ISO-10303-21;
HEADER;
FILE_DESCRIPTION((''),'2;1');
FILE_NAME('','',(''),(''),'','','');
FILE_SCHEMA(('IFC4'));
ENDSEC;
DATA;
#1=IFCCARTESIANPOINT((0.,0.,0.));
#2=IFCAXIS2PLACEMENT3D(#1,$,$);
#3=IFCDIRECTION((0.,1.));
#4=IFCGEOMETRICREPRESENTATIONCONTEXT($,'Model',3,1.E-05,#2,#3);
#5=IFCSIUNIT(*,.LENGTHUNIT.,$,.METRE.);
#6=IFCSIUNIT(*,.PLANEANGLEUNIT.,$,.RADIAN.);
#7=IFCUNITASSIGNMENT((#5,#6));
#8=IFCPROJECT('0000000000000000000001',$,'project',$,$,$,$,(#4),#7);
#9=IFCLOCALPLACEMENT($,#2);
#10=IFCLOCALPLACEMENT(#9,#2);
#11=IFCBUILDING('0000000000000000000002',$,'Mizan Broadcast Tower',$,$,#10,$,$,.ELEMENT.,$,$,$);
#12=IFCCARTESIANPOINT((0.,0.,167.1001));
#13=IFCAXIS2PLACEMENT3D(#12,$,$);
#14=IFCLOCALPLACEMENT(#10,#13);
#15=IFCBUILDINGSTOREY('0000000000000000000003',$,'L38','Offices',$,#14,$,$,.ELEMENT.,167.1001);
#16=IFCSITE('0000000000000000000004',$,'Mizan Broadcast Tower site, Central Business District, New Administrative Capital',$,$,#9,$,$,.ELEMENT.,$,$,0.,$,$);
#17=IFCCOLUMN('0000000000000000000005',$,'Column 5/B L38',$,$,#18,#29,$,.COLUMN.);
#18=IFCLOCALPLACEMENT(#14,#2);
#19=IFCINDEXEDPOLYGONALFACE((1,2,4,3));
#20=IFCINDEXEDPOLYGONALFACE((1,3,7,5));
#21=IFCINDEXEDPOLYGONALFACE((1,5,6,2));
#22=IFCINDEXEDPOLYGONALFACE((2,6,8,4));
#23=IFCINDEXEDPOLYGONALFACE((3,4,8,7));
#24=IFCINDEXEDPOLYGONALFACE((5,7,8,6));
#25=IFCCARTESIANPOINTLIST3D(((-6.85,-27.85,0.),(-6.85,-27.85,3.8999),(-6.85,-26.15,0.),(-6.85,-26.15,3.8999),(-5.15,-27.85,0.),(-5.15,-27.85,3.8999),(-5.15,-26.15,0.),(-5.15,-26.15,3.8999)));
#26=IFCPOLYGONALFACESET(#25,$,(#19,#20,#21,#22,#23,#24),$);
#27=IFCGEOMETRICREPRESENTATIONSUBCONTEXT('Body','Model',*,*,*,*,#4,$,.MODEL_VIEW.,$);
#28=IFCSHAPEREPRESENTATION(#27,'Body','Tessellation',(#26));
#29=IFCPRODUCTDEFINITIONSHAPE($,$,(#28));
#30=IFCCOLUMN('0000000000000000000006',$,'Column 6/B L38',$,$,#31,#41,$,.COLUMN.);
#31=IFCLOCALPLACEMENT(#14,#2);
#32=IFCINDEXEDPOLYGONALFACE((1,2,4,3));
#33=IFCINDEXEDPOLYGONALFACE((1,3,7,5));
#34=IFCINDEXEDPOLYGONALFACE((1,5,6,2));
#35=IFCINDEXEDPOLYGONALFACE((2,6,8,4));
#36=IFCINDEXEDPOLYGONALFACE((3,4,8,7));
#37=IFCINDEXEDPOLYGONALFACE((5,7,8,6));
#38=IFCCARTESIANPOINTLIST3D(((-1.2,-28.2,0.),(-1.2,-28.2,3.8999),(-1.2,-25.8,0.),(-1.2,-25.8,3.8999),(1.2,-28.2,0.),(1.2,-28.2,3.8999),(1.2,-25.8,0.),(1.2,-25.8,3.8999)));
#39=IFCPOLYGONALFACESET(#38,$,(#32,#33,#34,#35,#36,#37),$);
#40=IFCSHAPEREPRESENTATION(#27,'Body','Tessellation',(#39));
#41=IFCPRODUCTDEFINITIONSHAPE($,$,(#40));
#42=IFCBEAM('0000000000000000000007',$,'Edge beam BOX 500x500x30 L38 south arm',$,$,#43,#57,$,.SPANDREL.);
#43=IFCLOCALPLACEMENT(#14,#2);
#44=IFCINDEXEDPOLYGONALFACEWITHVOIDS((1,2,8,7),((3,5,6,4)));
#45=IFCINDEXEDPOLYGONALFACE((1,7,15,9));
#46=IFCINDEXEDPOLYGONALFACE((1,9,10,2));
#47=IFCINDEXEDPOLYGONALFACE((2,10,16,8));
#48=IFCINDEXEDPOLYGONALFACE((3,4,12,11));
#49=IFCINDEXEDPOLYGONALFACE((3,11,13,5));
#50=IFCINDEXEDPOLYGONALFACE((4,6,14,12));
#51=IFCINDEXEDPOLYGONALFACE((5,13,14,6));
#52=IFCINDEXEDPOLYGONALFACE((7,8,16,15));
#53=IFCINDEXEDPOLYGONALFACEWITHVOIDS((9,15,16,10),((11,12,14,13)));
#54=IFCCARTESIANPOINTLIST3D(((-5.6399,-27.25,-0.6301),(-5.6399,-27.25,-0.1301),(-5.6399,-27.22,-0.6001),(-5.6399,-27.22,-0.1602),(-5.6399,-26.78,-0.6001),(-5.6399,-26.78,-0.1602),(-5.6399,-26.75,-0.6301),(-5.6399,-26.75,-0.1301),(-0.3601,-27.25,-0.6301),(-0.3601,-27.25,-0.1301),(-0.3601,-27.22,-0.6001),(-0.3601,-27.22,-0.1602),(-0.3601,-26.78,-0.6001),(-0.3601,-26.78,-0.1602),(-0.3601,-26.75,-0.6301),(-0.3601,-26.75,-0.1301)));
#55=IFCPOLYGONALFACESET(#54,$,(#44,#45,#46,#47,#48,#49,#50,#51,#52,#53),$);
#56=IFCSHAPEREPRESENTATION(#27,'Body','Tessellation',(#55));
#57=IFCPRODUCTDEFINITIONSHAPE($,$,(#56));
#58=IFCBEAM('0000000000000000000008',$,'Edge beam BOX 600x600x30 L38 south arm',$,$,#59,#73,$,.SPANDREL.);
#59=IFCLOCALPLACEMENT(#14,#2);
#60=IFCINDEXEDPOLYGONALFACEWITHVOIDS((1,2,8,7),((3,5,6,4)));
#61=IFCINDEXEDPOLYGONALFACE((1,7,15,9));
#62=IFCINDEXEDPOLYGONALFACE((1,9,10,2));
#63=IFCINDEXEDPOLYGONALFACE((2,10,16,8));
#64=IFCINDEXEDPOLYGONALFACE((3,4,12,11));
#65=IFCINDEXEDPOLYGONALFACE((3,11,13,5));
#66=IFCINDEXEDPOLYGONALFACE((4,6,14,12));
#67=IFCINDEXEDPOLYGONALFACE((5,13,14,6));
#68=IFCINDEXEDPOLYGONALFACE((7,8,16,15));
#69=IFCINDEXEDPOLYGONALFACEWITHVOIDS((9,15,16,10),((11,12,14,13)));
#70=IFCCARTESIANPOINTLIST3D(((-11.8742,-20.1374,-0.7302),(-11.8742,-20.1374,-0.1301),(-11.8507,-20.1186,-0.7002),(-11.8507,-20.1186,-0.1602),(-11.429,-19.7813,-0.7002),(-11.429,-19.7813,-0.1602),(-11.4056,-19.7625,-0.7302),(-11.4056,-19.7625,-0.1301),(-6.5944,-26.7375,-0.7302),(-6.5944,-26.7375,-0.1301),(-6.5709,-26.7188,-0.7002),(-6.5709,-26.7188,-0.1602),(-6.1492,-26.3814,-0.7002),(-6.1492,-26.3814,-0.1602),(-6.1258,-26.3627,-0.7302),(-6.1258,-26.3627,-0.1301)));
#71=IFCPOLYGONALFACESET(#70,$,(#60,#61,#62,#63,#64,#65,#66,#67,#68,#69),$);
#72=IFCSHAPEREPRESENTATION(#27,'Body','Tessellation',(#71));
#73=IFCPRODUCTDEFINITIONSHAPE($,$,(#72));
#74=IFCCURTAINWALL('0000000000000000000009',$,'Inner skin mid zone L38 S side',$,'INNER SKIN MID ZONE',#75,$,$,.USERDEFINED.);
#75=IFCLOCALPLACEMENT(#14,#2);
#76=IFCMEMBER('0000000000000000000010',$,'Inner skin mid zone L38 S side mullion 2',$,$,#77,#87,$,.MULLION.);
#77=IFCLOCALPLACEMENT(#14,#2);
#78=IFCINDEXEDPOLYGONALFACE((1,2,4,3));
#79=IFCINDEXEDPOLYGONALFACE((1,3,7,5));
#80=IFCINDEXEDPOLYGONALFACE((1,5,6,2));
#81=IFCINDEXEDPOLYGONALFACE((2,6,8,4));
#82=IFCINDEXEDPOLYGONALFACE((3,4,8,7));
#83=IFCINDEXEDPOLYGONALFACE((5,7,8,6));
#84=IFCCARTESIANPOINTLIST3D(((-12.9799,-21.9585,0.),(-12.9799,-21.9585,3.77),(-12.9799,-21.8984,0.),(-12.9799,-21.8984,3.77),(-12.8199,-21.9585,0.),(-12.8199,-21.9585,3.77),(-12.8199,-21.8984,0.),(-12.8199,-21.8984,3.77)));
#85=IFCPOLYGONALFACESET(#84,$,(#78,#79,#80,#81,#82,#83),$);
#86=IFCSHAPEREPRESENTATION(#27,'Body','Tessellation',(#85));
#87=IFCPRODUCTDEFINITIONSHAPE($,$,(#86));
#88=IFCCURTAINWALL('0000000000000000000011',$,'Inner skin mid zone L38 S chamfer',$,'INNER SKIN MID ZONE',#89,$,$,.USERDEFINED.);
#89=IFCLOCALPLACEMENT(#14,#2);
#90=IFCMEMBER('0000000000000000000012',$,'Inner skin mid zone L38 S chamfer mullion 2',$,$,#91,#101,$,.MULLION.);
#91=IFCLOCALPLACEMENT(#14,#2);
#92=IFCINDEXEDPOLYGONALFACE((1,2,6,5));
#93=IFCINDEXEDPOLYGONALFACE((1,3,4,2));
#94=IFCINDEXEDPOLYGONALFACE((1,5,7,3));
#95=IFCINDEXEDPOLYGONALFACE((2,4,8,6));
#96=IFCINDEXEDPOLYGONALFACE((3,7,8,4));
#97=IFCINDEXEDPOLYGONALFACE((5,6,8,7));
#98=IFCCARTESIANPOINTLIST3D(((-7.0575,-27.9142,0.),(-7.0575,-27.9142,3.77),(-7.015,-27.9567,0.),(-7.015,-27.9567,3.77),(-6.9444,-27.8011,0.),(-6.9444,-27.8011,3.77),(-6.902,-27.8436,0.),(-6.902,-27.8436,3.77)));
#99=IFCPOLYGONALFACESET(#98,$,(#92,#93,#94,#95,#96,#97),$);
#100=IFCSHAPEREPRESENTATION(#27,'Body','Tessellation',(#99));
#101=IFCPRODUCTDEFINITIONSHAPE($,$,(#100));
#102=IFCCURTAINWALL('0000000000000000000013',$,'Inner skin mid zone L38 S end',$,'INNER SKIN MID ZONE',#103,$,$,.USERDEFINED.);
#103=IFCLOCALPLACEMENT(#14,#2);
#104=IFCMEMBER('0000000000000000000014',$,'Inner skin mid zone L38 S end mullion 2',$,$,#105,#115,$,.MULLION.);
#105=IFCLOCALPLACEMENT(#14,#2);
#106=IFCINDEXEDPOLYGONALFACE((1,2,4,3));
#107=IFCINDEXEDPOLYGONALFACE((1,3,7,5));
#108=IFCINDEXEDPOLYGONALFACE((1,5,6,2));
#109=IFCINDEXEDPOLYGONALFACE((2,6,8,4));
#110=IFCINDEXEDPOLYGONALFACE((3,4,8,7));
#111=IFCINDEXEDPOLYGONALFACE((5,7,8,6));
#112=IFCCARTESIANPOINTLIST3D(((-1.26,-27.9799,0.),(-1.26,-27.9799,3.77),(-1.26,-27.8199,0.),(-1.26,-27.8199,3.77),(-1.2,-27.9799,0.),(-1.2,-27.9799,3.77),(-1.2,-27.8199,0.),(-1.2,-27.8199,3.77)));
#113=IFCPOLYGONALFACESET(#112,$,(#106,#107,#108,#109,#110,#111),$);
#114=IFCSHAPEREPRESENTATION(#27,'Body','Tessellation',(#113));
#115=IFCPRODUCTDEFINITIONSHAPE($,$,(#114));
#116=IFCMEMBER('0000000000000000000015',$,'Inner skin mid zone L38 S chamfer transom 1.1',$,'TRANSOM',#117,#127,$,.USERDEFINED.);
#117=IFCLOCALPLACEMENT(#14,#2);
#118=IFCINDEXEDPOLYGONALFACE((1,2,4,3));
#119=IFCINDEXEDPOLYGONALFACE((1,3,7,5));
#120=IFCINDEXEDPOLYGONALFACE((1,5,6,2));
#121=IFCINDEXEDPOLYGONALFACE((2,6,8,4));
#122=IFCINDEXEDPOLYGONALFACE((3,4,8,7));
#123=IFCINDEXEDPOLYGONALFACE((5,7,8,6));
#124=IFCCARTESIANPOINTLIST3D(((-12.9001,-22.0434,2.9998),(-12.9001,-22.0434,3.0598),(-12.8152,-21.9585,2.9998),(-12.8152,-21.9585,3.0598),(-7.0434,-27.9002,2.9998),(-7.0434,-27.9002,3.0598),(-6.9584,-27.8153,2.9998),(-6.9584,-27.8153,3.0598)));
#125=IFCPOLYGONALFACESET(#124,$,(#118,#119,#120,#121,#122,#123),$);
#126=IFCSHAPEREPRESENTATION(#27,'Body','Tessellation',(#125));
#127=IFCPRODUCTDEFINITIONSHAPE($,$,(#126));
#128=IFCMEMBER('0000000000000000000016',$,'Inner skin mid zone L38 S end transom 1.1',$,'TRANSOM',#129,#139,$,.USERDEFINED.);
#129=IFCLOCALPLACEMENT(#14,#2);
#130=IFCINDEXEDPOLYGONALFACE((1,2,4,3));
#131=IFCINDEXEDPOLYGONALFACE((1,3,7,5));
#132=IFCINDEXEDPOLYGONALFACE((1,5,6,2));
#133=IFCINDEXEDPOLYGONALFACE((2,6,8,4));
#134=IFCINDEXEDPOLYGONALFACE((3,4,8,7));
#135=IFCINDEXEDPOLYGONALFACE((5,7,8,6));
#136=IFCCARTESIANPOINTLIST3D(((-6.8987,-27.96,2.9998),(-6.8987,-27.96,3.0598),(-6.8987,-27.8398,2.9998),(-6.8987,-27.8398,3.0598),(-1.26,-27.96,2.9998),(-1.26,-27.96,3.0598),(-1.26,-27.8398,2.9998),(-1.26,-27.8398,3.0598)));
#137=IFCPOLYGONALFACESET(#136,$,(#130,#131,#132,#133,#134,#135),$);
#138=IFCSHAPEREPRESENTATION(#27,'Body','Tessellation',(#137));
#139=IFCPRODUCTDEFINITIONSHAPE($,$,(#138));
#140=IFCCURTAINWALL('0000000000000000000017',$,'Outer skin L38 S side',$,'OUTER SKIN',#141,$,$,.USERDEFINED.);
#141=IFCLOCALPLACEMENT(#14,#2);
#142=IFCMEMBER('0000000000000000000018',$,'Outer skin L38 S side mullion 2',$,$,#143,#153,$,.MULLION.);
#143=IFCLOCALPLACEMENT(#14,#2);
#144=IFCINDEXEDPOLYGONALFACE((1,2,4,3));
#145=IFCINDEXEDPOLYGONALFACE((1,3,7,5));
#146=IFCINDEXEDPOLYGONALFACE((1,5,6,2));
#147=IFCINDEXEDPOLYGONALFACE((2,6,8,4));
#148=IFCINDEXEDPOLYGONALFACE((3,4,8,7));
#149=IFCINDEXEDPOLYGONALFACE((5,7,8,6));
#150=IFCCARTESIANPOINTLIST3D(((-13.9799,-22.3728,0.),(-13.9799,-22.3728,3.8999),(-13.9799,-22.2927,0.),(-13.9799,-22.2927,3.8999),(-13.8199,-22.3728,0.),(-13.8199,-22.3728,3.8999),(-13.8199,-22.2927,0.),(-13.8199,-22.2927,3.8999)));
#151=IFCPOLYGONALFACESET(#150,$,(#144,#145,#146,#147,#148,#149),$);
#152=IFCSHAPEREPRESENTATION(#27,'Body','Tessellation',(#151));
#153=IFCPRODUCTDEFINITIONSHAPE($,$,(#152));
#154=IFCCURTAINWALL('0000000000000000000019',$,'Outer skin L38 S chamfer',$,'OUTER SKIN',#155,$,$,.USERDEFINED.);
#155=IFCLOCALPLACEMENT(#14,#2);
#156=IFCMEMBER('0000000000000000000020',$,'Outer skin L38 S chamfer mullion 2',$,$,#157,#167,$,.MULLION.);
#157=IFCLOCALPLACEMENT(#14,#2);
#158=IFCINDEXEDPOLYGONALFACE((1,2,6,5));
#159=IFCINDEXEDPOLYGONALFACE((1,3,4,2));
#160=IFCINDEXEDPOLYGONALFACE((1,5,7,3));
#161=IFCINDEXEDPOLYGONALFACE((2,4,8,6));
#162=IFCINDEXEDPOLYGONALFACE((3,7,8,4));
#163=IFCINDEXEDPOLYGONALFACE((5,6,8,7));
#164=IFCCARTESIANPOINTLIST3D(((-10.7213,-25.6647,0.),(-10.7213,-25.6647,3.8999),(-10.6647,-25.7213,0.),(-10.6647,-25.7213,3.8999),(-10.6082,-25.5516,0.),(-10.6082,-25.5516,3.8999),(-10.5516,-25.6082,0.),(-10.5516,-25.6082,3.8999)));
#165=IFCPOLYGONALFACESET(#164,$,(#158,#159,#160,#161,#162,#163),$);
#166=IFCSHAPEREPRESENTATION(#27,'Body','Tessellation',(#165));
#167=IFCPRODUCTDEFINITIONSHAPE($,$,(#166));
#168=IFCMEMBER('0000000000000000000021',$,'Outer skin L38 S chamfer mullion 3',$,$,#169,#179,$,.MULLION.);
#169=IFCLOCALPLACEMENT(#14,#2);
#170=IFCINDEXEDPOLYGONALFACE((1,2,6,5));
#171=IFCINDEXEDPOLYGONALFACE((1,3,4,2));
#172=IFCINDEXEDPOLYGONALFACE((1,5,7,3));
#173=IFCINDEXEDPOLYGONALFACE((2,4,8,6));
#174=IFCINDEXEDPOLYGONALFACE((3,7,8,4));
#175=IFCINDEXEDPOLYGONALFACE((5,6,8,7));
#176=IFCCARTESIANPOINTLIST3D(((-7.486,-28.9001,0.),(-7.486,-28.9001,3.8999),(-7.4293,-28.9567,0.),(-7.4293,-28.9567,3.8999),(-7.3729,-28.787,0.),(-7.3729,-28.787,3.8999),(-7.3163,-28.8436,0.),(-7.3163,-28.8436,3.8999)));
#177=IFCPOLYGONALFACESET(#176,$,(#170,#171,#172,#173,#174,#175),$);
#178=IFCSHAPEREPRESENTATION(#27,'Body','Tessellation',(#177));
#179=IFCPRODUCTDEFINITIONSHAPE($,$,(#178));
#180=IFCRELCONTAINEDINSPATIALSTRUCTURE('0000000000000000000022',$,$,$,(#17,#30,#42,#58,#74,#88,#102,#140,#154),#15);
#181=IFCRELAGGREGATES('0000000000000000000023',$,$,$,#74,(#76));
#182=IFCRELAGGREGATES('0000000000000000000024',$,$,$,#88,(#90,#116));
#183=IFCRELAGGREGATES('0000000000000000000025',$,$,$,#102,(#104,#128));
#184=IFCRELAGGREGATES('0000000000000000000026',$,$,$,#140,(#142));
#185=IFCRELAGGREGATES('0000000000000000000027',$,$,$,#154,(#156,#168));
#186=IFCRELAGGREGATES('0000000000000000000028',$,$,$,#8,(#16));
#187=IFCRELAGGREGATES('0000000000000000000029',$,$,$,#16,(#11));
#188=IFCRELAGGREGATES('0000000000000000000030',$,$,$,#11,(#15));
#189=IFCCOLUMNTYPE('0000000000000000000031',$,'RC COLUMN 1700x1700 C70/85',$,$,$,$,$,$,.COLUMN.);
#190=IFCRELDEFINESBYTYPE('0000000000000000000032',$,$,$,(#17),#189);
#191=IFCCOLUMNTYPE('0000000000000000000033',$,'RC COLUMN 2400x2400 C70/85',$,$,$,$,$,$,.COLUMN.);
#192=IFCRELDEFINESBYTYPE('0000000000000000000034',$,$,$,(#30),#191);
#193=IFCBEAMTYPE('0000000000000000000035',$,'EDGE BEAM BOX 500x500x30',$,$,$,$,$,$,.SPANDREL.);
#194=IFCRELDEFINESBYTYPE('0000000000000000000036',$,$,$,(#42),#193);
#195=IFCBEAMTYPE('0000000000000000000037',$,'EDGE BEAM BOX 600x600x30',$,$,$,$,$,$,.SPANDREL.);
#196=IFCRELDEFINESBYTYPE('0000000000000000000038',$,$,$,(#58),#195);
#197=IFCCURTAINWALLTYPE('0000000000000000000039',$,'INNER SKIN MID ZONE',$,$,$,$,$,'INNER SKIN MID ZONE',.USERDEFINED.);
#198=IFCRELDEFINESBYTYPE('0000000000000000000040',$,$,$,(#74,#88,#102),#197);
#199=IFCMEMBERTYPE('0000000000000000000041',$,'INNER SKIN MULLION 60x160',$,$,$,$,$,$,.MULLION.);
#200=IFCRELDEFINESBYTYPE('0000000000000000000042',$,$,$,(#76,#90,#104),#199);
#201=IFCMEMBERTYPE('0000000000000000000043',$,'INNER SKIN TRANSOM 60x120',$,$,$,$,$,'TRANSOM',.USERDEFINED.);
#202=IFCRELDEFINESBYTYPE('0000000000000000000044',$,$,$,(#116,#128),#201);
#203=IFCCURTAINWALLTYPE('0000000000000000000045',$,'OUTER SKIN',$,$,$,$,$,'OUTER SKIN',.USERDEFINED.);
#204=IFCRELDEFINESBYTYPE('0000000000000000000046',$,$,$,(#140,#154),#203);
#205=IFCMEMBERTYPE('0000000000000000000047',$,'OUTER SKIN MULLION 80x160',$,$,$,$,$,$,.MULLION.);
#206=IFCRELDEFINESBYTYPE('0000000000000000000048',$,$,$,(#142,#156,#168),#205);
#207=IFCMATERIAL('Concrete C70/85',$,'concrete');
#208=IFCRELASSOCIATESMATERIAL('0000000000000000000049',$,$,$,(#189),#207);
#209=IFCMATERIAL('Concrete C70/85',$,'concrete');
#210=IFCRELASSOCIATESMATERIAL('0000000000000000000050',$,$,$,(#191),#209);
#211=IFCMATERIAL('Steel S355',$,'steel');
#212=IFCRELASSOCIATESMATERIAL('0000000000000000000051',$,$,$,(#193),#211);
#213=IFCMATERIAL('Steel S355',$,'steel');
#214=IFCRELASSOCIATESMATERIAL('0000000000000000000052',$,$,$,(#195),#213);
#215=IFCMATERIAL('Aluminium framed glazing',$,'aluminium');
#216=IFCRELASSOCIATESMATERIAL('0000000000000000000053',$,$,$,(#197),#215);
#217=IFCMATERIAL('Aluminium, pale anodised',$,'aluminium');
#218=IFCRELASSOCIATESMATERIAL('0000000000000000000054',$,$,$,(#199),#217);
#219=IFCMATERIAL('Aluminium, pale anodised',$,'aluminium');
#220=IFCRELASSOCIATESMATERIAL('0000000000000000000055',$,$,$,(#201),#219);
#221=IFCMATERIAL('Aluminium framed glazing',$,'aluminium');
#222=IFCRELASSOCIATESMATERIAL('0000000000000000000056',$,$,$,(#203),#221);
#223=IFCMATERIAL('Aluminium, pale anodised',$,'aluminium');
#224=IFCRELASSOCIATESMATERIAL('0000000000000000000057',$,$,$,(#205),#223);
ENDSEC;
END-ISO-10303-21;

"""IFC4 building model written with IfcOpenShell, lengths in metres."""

from ifc_helpers import new_model, si_unit, direction, frame, origin, origin_2d, place, context, subcontext, project, spatial, rectangle, hollow_rectangle, extrude, material, material_profile, profile_set, type_object, element, aggregate, save


model = new_model("IFC4")

# Units and contexts
model_context = context("Model", 3, precision=1e-05, world=origin(), true_north=direction((0.0, 1.0)))
body_context = subcontext(model_context, "Body", "Model", "MODEL_VIEW")
ifc_project = project(units=[si_unit("LENGTHUNIT", "METRE"), si_unit("PLANEANGLEUNIT", "RADIAN")], contexts=[model_context])

# Site, building, storey
site_placement = place(None, origin())
site = spatial("IfcSite", under=ifc_project, at=site_placement, Name="Mizan Broadcast Tower site, Central Business District, New Administrative Capital", CompositionType="ELEMENT", RefElevation=0.0)
building_placement = place(site_placement, origin())
building = spatial("IfcBuilding", under=site, at=building_placement, Name="Mizan Broadcast Tower", CompositionType="ELEMENT")
storey_placement = place(building_placement, frame((0.0, 0.0, 167.1001)))
storey = spatial("IfcBuildingStorey", under=building, at=storey_placement, Name="L38", Description="Offices", CompositionType="ELEMENT", Elevation=167.1001)

# Columns
ifc_material_1 = material(Name="Concrete C70/85", Category="concrete")
ifc_material_profile_1 = material_profile(ifc_material_1, rectangle(XDim=1.7, YDim=1.7, at=origin_2d()), Name="RC 1700x1700")
ifc_profile_set_1 = profile_set([ifc_material_profile_1], Name="Concrete C70/85")
column_type_1 = type_object("IfcColumnType", Name="RC COLUMN 1700x1700 C70/85", PredefinedType="COLUMN", material=ifc_profile_set_1)
column_1_placement = place(storey_placement, frame((-6.0, -27.0, 0.0), z_axis=(0.0, 0.0, 1.0), x_axis=(1.0, 0.0, 0.0)))
element("IfcColumn", 1, at=column_1_placement, inside=storey, type_object=column_type_1, Name="Column 5/B L38", PredefinedType="COLUMN", context=body_context, shape_type="SweptSolid", body=[
    extrude(rectangle(XDim=1.7, YDim=1.7, at=origin_2d()), origin(), (0.0, 0.0, 1.0), 3.8999),
])
ifc_material_2 = material(Name="Concrete C70/85", Category="concrete")
ifc_material_profile_2 = material_profile(ifc_material_2, rectangle(XDim=2.3999, YDim=2.3999, at=origin_2d()), Name="RC 2400x2400")
ifc_profile_set_2 = profile_set([ifc_material_profile_2], Name="Concrete C70/85")
column_type_2 = type_object("IfcColumnType", Name="RC COLUMN 2400x2400 C70/85", PredefinedType="COLUMN", material=ifc_profile_set_2)
column_2_placement = place(storey_placement, frame((0.0, -27.0, 0.0), z_axis=(0.0, 0.0, 1.0), x_axis=(1.0, 0.0, 0.0)))
element("IfcColumn", 2, at=column_2_placement, inside=storey, type_object=column_type_2, Name="Column 6/B L38", PredefinedType="COLUMN", context=body_context, shape_type="SweptSolid", body=[
    extrude(rectangle(XDim=2.3999, YDim=2.3999, at=origin_2d()), origin(), (0.0, 0.0, 1.0), 3.8999),
])

# Beams
ifc_material_3 = material(Name="Steel S355", Category="steel")
ifc_material_profile_3 = material_profile(ifc_material_3, hollow_rectangle(XDim=0.5, YDim=0.5, WallThickness=0.03, at=origin_2d()), Name="BOX 500x500x30")
ifc_profile_set_3 = profile_set([ifc_material_profile_3], Name="Steel S355")
beam_type_1 = type_object("IfcBeamType", Name="EDGE BEAM BOX 500x500x30", PredefinedType="SPANDREL", material=ifc_profile_set_3)
beam_1_placement = place(storey_placement, frame((-5.6399, -27.0, -0.3801), z_axis=(1.0, 0.0, 0.0), x_axis=(0.0, 1.0, 0.0)))
element("IfcBeam", 3, at=beam_1_placement, inside=storey, type_object=beam_type_1, Name="Edge beam BOX 500x500x30 L38 south arm", PredefinedType="SPANDREL", context=body_context, shape_type="SweptSolid", body=[
    extrude(hollow_rectangle(XDim=0.5, YDim=0.5, WallThickness=0.03, at=origin_2d()), origin(), (0.0, 0.0, 1.0), 5.2798),
])
ifc_material_4 = material(Name="Steel S355", Category="steel")
ifc_material_profile_4 = material_profile(ifc_material_4, hollow_rectangle(XDim=0.6001, YDim=0.6001, WallThickness=0.03, at=origin_2d()), Name="BOX 600x600x30")
ifc_profile_set_4 = profile_set([ifc_material_profile_4], Name="Steel S355")
beam_type_2 = type_object("IfcBeamType", Name="EDGE BEAM BOX 600x600x30", PredefinedType="SPANDREL", material=ifc_profile_set_4)
beam_2_placement = place(storey_placement, frame((-11.6399, -19.95, -0.4302), z_axis=(0.624674, -0.780886, 0.0), x_axis=(0.780886, 0.624674, 0.0)))
element("IfcBeam", 4, at=beam_2_placement, inside=storey, type_object=beam_type_2, Name="Edge beam BOX 600x600x30 L38 south arm", PredefinedType="SPANDREL", context=body_context, shape_type="SweptSolid", body=[
    extrude(hollow_rectangle(XDim=0.6001, YDim=0.6001, WallThickness=0.03, at=origin_2d()), origin(), (0.0, 0.0, 1.0), 8.4521),
])

# Curtain walls, members
ifc_material_5 = material(Name="Aluminium framed glazing", Category="aluminium")
curtain_wall_type_1 = type_object("IfcCurtainWallType", Name="INNER SKIN MID ZONE", ElementType="INNER SKIN MID ZONE", PredefinedType="USERDEFINED", material=ifc_material_5)
curtain_wall_1_placement = place(storey_placement, origin())
curtain_wall_1 = element("IfcCurtainWall", 5, at=curtain_wall_1_placement, inside=storey, type_object=curtain_wall_type_1, Name="Inner skin mid zone L38 S side", ObjectType="INNER SKIN MID ZONE", PredefinedType="USERDEFINED")
ifc_material_6 = material(Name="Aluminium, pale anodised", Category="aluminium")
ifc_material_profile_5 = material_profile(ifc_material_6, rectangle(XDim=0.1599, YDim=0.0601, at=origin_2d()), Name="MULLION 160x60")
ifc_profile_set_5 = profile_set([ifc_material_profile_5], Name="Aluminium, pale anodised")
member_type_1 = type_object("IfcMemberType", Name="INNER SKIN MULLION 60x160", PredefinedType="MULLION", material=ifc_profile_set_5)
member_1_placement = place(storey_placement, frame((-12.8999, -21.9285, 0.0), z_axis=(0.0, 0.0, 1.0), x_axis=(1.0, 0.0, 0.0)))
member_1 = element("IfcMember", 6, at=member_1_placement, type_object=member_type_1, Name="Inner skin mid zone L38 S side mullion 2", PredefinedType="MULLION", context=body_context, shape_type="SweptSolid", body=[
    extrude(rectangle(XDim=0.1599, YDim=0.0601, at=origin_2d()), origin(), (0.0, 0.0, 1.0), 3.77),
])
curtain_wall_2_placement = place(storey_placement, origin())
curtain_wall_2 = element("IfcCurtainWall", 7, at=curtain_wall_2_placement, inside=storey, type_object=curtain_wall_type_1, Name="Inner skin mid zone L38 S chamfer", ObjectType="INNER SKIN MID ZONE", PredefinedType="USERDEFINED")
member_2_placement = place(storey_placement, frame((-6.9797, -27.8789, 0.0), z_axis=(0.0, 0.0, 1.0), x_axis=(0.707107, 0.707107, 0.0)))
member_2 = element("IfcMember", 8, at=member_2_placement, type_object=member_type_1, Name="Inner skin mid zone L38 S chamfer mullion 2", PredefinedType="MULLION", context=body_context, shape_type="SweptSolid", body=[
    extrude(rectangle(XDim=0.1599, YDim=0.0601, at=origin_2d()), origin(), (0.0, 0.0, 1.0), 3.77),
])
curtain_wall_3_placement = place(storey_placement, origin())
curtain_wall_3 = element("IfcCurtainWall", 9, at=curtain_wall_3_placement, inside=storey, type_object=curtain_wall_type_1, Name="Inner skin mid zone L38 S end", ObjectType="INNER SKIN MID ZONE", PredefinedType="USERDEFINED")
member_3_placement = place(storey_placement, frame((-1.23, -27.8999, 0.0), z_axis=(0.0, 0.0, 1.0), x_axis=(0.0, 1.0, 0.0)))
member_3 = element("IfcMember", 10, at=member_3_placement, type_object=member_type_1, Name="Inner skin mid zone L38 S end mullion 2", PredefinedType="MULLION", context=body_context, shape_type="SweptSolid", body=[
    extrude(rectangle(XDim=0.1599, YDim=0.0601, at=origin_2d()), origin(), (0.0, 0.0, 1.0), 3.77),
])

# Members
ifc_material_7 = material(Name="Aluminium, pale anodised", Category="aluminium")
ifc_material_profile_6 = material_profile(ifc_material_7, rectangle(XDim=0.1201, YDim=0.0601, at=origin_2d()), Name="TRANSOM 120x60")
ifc_profile_set_6 = profile_set([ifc_material_profile_6], Name="Aluminium, pale anodised")
member_type_2 = type_object("IfcMemberType", Name="INNER SKIN TRANSOM 60x120", ElementType="TRANSOM", PredefinedType="USERDEFINED", material=ifc_profile_set_6)
member_4_placement = place(storey_placement, frame((-12.8577, -22.001, 3.0298), z_axis=(0.707107, -0.707107, 0.0), x_axis=(0.707107, 0.707107, 0.0)))
member_4 = element("IfcMember", 11, at=member_4_placement, type_object=member_type_2, Name="Inner skin mid zone L38 S chamfer transom 1.1", ObjectType="TRANSOM", PredefinedType="USERDEFINED", context=body_context, shape_type="SweptSolid", body=[
    extrude(rectangle(XDim=0.1201, YDim=0.0601, at=origin_2d()), origin(), (0.0, 0.0, 1.0), 8.2827),
])
member_5_placement = place(storey_placement, frame((-6.8987, -27.8999, 3.0298), z_axis=(1.0, 0.0, 0.0), x_axis=(0.0, 1.0, 0.0)))
member_5 = element("IfcMember", 12, at=member_5_placement, type_object=member_type_2, Name="Inner skin mid zone L38 S end transom 1.1", ObjectType="TRANSOM", PredefinedType="USERDEFINED", context=body_context, shape_type="SweptSolid", body=[
    extrude(rectangle(XDim=0.1201, YDim=0.0601, at=origin_2d()), origin(), (0.0, 0.0, 1.0), 5.6387),
])

# Curtain wall, member
ifc_material_8 = material(Name="Aluminium framed glazing", Category="aluminium")
curtain_wall_type_2 = type_object("IfcCurtainWallType", Name="OUTER SKIN", ElementType="OUTER SKIN", PredefinedType="USERDEFINED", material=ifc_material_8)
curtain_wall_4_placement = place(storey_placement, origin())
curtain_wall_4 = element("IfcCurtainWall", 13, at=curtain_wall_4_placement, inside=storey, type_object=curtain_wall_type_2, Name="Outer skin L38 S side", ObjectType="OUTER SKIN", PredefinedType="USERDEFINED")
ifc_material_9 = material(Name="Aluminium, pale anodised", Category="aluminium")
ifc_material_profile_7 = material_profile(ifc_material_9, rectangle(XDim=0.1599, YDim=0.0801, at=origin_2d()), Name="MULLION 160x80")
ifc_profile_set_7 = profile_set([ifc_material_profile_7], Name="Aluminium, pale anodised")
member_type_3 = type_object("IfcMemberType", Name="OUTER SKIN MULLION 80x160", PredefinedType="MULLION", material=ifc_profile_set_7)
member_6_placement = place(storey_placement, frame((-13.8999, -22.3328, 0.0), z_axis=(0.0, 0.0, 1.0), x_axis=(1.0, 0.0, 0.0)))
member_6 = element("IfcMember", 14, at=member_6_placement, type_object=member_type_3, Name="Outer skin L38 S side mullion 2", PredefinedType="MULLION", context=body_context, shape_type="SweptSolid", body=[
    extrude(rectangle(XDim=0.1599, YDim=0.0801, at=origin_2d()), origin(), (0.0, 0.0, 1.0), 3.8999),
])

# Curtain wall, members
curtain_wall_5_placement = place(storey_placement, origin())
curtain_wall_5 = element("IfcCurtainWall", 15, at=curtain_wall_5_placement, inside=storey, type_object=curtain_wall_type_2, Name="Outer skin L38 S chamfer", ObjectType="OUTER SKIN", PredefinedType="USERDEFINED")
member_7_placement = place(storey_placement, frame((-10.6365, -25.6365, 0.0), z_axis=(0.0, 0.0, 1.0), x_axis=(0.707107, 0.707107, 0.0)))
member_7 = element("IfcMember", 16, at=member_7_placement, type_object=member_type_3, Name="Outer skin L38 S chamfer mullion 2", PredefinedType="MULLION", context=body_context, shape_type="SweptSolid", body=[
    extrude(rectangle(XDim=0.1599, YDim=0.0801, at=origin_2d()), origin(), (0.0, 0.0, 1.0), 3.8999),
])
member_8_placement = place(storey_placement, frame((-7.4011, -28.8718, 0.0), z_axis=(0.0, 0.0, 1.0), x_axis=(0.707107, 0.707107, 0.0)))
member_8 = element("IfcMember", 17, at=member_8_placement, type_object=member_type_3, Name="Outer skin L38 S chamfer mullion 3", PredefinedType="MULLION", context=body_context, shape_type="SweptSolid", body=[
    extrude(rectangle(XDim=0.1599, YDim=0.0801, at=origin_2d()), origin(), (0.0, 0.0, 1.0), 3.8999),
])

aggregate(curtain_wall_1, [member_1])
aggregate(curtain_wall_2, [member_2, member_4])
aggregate(curtain_wall_3, [member_3, member_5])
aggregate(curtain_wall_4, [member_6])
aggregate(curtain_wall_5, [member_7, member_8])

save(model, "model.ifc")
